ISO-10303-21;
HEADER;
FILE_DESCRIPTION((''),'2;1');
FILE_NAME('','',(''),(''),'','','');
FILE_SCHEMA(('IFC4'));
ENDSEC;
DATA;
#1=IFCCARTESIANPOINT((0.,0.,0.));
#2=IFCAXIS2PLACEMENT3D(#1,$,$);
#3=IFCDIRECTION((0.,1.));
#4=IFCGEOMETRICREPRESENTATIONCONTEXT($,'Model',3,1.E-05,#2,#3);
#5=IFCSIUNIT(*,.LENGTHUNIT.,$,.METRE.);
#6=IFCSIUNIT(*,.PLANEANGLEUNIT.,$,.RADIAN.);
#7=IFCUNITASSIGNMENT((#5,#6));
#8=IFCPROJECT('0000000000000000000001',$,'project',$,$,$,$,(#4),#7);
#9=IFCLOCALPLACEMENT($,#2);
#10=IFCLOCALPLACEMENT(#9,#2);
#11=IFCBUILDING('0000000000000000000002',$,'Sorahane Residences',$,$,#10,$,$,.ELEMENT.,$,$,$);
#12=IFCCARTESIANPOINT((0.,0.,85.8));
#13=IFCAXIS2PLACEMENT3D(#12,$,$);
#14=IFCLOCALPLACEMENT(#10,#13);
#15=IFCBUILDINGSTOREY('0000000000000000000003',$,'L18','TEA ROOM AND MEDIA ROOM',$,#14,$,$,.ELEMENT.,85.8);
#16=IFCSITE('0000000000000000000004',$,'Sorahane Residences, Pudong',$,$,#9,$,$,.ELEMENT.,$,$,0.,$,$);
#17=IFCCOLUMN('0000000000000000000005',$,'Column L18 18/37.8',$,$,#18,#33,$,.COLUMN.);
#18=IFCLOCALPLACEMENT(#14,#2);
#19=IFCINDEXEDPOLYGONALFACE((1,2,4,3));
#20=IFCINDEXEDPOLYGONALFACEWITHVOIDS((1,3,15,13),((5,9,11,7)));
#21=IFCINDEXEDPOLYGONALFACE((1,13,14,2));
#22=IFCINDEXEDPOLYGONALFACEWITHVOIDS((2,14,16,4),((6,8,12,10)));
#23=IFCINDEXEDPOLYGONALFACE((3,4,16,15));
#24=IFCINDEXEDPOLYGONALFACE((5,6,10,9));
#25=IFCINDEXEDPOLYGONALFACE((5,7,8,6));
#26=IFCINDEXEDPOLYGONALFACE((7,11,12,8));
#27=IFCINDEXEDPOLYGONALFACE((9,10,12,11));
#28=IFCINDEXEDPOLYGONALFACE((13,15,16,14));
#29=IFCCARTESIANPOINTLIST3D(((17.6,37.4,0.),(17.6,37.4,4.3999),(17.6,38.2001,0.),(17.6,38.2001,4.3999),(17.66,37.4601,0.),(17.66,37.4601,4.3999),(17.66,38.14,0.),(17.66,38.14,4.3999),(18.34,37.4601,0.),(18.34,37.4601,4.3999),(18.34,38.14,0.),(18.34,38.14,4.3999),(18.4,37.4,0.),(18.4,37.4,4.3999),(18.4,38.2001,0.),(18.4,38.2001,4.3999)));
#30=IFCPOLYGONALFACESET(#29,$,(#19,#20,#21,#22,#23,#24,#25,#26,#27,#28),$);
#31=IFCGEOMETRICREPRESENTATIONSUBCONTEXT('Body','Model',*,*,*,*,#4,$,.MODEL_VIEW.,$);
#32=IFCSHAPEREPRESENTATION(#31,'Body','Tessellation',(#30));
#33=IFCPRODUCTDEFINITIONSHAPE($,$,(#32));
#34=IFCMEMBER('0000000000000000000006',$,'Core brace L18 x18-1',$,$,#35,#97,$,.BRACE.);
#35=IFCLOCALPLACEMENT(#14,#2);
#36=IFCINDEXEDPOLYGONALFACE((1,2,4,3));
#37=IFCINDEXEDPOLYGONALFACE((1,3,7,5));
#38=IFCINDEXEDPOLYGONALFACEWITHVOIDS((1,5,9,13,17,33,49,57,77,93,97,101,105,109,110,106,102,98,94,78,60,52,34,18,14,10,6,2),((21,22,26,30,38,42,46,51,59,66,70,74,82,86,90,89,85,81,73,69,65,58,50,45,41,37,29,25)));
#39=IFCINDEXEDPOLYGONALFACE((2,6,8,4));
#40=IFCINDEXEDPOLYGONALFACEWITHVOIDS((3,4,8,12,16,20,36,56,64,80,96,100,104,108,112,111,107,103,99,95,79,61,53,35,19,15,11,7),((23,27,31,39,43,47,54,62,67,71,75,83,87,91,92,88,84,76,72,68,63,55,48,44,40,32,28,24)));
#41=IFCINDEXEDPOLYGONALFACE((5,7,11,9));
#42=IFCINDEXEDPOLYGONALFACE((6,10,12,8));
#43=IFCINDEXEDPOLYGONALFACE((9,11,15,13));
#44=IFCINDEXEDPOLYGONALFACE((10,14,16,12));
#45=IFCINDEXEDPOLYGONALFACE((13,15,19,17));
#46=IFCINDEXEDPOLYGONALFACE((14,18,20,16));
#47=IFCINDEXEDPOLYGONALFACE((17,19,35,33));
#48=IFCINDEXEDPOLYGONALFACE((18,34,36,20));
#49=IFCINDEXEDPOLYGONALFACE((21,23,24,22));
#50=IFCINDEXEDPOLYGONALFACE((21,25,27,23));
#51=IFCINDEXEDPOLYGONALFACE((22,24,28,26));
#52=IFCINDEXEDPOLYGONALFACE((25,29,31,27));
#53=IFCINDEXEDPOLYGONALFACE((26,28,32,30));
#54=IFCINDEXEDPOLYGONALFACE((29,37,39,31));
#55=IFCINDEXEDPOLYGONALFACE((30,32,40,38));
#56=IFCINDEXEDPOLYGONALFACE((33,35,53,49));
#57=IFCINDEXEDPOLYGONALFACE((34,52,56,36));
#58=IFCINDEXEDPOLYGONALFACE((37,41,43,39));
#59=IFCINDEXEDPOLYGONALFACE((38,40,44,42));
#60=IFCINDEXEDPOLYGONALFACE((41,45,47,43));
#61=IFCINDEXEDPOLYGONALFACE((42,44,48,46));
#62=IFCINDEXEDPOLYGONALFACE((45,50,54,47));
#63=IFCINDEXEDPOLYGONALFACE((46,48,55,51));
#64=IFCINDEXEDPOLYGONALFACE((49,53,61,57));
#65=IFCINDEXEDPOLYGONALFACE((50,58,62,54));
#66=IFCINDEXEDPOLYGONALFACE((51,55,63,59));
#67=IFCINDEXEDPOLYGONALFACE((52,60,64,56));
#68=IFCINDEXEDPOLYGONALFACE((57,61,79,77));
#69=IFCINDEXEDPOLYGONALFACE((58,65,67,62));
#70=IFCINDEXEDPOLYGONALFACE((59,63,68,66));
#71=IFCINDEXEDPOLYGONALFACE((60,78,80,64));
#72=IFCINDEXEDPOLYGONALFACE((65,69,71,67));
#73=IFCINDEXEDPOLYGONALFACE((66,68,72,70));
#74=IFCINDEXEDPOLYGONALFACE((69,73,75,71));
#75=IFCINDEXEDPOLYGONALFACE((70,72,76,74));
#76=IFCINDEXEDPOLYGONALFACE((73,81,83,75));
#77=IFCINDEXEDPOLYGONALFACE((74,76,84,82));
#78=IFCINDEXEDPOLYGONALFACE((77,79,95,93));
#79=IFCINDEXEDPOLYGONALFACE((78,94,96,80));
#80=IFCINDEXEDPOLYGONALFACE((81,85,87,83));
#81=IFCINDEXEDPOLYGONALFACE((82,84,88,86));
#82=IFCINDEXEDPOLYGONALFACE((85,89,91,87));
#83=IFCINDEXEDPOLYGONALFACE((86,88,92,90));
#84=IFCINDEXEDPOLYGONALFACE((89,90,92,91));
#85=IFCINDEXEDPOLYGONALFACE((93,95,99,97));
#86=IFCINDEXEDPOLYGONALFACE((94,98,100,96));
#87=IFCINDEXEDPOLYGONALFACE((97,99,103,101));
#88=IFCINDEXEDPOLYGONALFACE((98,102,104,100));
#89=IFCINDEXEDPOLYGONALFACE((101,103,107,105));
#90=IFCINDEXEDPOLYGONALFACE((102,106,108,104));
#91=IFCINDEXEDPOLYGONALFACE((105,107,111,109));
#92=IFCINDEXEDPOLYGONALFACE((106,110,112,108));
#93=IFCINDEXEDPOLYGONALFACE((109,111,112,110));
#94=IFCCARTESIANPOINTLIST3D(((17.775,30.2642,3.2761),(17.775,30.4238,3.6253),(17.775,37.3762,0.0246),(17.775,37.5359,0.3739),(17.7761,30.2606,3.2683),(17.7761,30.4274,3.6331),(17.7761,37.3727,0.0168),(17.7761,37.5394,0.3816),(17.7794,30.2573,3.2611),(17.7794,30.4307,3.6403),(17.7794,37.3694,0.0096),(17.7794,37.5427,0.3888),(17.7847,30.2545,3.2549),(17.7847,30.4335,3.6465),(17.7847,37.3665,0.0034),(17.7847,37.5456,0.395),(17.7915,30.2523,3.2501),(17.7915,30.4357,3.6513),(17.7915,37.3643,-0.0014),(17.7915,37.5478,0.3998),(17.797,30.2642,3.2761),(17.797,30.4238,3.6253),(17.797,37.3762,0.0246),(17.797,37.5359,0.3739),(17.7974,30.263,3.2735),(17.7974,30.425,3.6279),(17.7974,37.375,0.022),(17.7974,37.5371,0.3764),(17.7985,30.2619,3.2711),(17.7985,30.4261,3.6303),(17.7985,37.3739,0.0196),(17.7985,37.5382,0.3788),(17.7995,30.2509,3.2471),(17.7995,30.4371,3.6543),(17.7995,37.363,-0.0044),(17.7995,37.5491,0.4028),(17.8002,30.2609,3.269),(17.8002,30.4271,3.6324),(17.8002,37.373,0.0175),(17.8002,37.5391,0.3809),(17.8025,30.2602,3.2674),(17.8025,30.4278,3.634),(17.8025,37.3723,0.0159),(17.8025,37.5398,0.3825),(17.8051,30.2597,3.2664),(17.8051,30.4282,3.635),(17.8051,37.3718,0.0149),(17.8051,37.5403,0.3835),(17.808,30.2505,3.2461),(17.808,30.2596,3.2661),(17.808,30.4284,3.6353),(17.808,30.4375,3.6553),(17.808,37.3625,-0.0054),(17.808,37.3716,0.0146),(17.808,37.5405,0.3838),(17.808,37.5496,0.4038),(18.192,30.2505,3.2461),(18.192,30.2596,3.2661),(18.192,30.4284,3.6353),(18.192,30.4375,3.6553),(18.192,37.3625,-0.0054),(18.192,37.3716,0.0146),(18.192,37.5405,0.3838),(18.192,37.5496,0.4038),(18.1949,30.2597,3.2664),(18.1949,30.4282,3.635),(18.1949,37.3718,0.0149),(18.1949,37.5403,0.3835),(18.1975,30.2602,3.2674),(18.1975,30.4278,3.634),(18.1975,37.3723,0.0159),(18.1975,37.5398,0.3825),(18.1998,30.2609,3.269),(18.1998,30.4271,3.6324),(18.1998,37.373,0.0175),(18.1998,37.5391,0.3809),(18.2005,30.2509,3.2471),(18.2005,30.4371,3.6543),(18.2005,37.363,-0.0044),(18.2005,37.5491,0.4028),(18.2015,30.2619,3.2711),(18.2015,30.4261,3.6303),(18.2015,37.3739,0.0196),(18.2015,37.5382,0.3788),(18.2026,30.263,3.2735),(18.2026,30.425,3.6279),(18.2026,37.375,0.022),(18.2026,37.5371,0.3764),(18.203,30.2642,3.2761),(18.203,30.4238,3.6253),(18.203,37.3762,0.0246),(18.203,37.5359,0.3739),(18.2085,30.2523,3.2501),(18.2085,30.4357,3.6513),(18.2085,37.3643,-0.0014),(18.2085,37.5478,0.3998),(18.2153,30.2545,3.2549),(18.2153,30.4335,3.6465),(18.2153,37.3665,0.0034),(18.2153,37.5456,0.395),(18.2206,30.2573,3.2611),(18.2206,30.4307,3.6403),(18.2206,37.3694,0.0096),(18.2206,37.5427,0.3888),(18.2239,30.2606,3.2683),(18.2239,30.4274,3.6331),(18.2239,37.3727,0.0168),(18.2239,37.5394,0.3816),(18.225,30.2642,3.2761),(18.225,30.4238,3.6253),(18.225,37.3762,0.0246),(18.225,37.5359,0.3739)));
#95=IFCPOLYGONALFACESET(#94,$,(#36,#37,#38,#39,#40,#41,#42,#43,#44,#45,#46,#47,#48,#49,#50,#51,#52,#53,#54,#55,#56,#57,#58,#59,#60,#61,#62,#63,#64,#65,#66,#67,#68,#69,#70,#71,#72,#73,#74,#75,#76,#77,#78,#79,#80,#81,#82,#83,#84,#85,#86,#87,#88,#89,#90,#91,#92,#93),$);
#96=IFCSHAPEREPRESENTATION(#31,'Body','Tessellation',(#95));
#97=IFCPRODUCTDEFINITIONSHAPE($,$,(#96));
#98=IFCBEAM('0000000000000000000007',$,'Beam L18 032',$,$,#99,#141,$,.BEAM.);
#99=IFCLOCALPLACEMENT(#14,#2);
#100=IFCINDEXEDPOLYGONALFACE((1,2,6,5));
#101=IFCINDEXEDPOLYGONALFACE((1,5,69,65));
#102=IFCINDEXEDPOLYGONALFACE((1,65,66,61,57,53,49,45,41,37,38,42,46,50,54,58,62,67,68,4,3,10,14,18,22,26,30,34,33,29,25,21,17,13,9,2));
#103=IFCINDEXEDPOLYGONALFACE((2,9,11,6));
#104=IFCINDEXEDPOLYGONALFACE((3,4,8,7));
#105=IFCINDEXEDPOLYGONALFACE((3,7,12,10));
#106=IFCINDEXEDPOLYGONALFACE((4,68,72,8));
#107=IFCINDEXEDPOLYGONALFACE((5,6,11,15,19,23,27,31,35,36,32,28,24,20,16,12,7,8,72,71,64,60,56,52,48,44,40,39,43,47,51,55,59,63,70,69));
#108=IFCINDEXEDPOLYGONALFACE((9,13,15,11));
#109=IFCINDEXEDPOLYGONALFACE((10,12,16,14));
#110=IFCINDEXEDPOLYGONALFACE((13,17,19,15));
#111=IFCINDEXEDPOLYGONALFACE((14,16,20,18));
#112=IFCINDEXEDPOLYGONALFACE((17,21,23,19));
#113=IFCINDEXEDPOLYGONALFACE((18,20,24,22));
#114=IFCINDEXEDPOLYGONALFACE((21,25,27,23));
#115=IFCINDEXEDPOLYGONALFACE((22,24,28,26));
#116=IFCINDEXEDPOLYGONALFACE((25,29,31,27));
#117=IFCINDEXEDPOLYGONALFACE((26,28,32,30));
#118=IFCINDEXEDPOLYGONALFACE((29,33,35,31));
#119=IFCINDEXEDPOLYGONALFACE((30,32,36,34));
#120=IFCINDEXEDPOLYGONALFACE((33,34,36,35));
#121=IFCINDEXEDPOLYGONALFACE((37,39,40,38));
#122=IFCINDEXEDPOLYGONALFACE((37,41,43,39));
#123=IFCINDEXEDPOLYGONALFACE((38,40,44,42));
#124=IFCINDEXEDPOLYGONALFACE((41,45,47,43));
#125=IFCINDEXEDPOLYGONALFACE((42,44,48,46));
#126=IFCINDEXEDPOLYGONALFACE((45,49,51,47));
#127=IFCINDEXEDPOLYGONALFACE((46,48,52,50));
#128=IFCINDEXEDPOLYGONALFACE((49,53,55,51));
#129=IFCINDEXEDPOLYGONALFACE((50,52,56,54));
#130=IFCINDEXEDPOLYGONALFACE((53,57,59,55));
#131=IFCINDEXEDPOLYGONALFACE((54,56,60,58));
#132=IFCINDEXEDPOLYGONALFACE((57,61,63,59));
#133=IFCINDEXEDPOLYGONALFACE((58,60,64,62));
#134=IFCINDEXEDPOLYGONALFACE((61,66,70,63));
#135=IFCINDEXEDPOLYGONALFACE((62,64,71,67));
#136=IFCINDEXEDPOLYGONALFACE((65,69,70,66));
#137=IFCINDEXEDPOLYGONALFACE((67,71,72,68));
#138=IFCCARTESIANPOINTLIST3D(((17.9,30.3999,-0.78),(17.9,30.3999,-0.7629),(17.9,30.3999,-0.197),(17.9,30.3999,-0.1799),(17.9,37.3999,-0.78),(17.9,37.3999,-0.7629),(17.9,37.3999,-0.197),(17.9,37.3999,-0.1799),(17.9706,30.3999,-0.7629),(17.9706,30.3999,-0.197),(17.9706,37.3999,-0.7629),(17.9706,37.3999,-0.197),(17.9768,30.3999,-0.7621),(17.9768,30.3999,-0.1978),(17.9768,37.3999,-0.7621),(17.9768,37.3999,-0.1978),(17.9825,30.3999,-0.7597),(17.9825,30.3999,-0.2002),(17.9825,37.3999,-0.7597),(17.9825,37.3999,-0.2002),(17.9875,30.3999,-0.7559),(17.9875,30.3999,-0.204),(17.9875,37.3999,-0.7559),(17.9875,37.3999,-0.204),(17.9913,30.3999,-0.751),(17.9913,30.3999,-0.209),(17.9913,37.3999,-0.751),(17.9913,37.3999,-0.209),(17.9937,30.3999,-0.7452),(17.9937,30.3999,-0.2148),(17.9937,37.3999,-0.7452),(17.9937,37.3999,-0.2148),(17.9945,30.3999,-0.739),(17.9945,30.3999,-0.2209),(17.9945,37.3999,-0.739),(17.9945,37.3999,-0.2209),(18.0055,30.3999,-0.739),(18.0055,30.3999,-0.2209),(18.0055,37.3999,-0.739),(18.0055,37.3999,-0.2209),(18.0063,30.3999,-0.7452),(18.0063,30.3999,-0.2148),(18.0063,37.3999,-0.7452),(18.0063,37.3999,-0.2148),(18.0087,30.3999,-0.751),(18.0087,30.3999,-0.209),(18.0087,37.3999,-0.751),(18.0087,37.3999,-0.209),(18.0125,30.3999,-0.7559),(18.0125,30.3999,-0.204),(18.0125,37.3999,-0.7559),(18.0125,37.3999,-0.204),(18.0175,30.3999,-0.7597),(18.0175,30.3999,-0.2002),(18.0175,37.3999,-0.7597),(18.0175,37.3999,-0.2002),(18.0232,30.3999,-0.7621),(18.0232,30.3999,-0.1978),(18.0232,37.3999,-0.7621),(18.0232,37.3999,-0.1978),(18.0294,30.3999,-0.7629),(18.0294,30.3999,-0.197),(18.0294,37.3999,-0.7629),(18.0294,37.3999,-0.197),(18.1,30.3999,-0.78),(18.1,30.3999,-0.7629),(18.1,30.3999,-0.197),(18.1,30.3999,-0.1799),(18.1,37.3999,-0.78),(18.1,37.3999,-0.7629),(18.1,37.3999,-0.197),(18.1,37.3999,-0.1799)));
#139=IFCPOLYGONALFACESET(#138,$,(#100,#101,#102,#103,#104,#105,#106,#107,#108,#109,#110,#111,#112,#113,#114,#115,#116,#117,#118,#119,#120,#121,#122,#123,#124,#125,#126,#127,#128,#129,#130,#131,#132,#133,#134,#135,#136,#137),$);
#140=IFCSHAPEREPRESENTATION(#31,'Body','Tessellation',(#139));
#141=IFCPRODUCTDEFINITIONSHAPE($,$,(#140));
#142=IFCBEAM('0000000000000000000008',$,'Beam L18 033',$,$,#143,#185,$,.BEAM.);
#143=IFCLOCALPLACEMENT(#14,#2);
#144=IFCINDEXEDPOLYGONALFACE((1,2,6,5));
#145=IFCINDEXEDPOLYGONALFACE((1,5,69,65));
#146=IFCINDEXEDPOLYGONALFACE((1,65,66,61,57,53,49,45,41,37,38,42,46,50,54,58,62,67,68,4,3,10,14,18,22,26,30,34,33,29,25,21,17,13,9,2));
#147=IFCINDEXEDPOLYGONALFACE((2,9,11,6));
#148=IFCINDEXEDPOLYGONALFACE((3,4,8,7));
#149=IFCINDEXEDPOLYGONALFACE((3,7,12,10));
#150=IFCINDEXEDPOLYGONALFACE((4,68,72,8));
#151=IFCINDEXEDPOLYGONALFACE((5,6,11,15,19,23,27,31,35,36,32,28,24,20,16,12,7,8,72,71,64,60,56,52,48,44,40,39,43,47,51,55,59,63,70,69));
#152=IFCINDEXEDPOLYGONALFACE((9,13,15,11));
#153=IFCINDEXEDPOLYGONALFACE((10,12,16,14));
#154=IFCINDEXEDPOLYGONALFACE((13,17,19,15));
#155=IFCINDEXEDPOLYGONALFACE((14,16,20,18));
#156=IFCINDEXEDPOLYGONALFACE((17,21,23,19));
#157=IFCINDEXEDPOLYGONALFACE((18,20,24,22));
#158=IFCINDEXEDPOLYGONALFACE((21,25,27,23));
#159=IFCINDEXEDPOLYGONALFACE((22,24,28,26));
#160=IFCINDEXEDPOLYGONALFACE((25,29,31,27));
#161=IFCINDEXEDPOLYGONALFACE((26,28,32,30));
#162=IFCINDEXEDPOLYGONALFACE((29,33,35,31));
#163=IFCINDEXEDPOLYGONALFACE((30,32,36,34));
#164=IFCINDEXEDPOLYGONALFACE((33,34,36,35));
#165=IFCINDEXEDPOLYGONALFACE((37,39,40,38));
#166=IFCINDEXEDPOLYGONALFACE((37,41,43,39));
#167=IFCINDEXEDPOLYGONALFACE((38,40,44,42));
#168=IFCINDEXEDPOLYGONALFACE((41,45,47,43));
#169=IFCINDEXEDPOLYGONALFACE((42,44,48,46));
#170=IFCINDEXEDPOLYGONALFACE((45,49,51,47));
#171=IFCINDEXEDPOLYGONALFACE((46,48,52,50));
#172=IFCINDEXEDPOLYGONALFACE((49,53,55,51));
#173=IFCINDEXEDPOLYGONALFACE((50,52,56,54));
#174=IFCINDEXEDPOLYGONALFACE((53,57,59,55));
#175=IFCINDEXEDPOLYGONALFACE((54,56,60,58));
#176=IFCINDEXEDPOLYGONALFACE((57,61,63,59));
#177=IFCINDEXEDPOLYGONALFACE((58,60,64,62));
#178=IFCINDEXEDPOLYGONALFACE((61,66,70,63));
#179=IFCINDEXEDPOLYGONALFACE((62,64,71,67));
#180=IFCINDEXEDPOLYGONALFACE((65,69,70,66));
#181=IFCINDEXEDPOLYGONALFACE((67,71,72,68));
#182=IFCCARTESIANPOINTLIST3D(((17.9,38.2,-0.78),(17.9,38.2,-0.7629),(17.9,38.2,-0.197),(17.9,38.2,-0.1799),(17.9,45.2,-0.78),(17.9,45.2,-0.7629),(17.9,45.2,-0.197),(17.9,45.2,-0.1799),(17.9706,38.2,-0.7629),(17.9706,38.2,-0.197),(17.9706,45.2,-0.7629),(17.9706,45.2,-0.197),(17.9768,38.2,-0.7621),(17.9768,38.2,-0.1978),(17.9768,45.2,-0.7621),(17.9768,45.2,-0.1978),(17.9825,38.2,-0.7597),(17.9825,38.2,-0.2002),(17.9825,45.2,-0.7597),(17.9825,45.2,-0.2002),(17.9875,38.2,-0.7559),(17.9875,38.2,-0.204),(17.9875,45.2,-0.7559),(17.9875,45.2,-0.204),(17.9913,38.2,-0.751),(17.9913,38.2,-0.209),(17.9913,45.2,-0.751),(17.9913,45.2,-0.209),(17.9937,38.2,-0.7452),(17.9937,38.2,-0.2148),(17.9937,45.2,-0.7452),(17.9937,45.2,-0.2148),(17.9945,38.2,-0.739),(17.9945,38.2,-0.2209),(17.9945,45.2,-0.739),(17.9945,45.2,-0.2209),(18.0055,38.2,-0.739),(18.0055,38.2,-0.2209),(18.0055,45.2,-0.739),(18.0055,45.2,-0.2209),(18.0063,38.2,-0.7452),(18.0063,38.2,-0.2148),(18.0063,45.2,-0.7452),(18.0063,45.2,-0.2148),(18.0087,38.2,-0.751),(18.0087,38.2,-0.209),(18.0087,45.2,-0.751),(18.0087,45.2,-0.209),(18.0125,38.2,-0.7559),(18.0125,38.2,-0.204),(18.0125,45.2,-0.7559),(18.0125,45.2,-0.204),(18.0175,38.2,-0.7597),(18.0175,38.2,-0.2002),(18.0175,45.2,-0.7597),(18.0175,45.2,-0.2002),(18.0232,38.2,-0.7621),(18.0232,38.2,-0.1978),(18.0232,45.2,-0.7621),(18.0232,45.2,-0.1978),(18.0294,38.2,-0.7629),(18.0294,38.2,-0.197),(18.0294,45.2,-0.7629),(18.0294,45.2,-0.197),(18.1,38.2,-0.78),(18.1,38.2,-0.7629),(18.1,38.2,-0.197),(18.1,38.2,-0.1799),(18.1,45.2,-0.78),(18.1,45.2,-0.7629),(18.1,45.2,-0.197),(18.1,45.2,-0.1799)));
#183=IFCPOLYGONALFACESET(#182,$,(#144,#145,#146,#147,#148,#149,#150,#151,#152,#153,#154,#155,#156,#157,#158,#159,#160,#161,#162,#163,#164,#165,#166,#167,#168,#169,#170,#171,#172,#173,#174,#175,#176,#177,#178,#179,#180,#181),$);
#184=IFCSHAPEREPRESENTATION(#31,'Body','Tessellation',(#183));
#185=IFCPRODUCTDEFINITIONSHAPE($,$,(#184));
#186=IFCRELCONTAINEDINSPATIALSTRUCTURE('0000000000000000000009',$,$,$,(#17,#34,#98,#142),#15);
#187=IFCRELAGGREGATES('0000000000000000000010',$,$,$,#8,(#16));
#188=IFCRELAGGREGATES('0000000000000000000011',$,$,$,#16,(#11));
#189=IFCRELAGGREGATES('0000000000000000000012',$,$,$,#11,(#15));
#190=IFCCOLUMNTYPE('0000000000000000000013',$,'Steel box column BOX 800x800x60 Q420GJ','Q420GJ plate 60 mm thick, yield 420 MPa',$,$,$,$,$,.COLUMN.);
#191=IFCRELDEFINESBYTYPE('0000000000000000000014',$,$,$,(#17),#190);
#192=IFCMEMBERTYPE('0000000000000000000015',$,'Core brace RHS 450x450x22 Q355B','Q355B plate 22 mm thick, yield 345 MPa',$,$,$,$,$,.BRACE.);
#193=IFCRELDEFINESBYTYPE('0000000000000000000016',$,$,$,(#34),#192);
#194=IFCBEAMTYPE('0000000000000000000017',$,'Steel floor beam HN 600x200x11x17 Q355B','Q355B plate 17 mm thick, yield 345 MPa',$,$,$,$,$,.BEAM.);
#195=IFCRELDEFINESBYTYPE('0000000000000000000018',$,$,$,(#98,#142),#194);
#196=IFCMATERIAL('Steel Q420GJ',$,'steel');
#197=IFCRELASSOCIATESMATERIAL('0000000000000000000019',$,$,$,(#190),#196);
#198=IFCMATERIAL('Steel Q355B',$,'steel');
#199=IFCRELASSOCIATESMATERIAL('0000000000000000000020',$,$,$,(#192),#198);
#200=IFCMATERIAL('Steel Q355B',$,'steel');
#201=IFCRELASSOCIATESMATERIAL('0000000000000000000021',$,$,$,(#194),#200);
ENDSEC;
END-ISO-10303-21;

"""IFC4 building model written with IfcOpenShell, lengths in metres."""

from ifc_helpers import new_model, si_unit, direction, frame, origin, origin_2d, place, context, subcontext, project, spatial, hollow_rectangle, i_section, extrude, material, material_profile, profile_set, type_object, element, save


model = new_model("IFC4")

# Units and contexts
model_context = context("Model", 3, precision=1e-05, world=origin(), true_north=direction((0.0, 1.0)))
body_context = subcontext(model_context, "Body", "Model", "MODEL_VIEW")
ifc_project = project(units=[si_unit("LENGTHUNIT", "METRE"), si_unit("PLANEANGLEUNIT", "RADIAN")], contexts=[model_context])

# Site, building, storey
site_placement = place(None, origin())
site = spatial("IfcSite", under=ifc_project, at=site_placement, Name="Sorahane Residences, Pudong", CompositionType="ELEMENT", RefElevation=0.0)
building_placement = place(site_placement, origin())
building = spatial("IfcBuilding", under=site, at=building_placement, Name="Sorahane Residences", CompositionType="ELEMENT")
storey_placement = place(building_placement, frame((0.0, 0.0, 85.8)))
storey = spatial("IfcBuildingStorey", under=building, at=storey_placement, Name="L18", Description="TEA ROOM AND MEDIA ROOM", CompositionType="ELEMENT", Elevation=85.8)

# Column
ifc_material_1 = material(Name="Steel Q420GJ", Category="steel")
ifc_material_profile_1 = material_profile(ifc_material_1, hollow_rectangle(XDim=0.8, YDim=0.8, WallThickness=0.0601, at=origin_2d()), Name="BOX 800x800x60")
ifc_profile_set_1 = profile_set([ifc_material_profile_1], Name="Steel Q420GJ")
column_type = type_object("IfcColumnType", Name="Steel box column BOX 800x800x60 Q420GJ", Description="Q420GJ plate 60 mm thick, yield 420 MPa", PredefinedType="COLUMN", material=ifc_profile_set_1)
column_placement = place(storey_placement, frame((18.0, 37.8, 0.0), z_axis=(0.0, 0.0, 1.0), x_axis=(1.0, 0.0, 0.0)))
element("IfcColumn", 1, at=column_placement, inside=storey, type_object=column_type, Name="Column L18 18/37.8", PredefinedType="COLUMN", context=body_context, shape_type="SweptSolid", body=[
    extrude(hollow_rectangle(XDim=0.8, YDim=0.8, WallThickness=0.0601, at=origin_2d()), origin(), (0.0, 0.0, 1.0), 4.3999),
])

# Member
ifc_material_2 = material(Name="Steel Q355B", Category="steel")
ifc_material_profile_2 = material_profile(ifc_material_2, hollow_rectangle(XDim=0.45, YDim=0.45, WallThickness=0.022, InnerFilletRadius=0.011, OuterFilletRadius=0.033, at=origin_2d()), Name="RHS 450x450x22")
ifc_profile_set_2 = profile_set([ifc_material_profile_2], Name="Steel Q355B")
member_type = type_object("IfcMemberType", Name="Core brace RHS 450x450x22 Q355B", Description="Q355B plate 22 mm thick, yield 345 MPa", PredefinedType="BRACE", material=ifc_profile_set_2)
member_placement = place(storey_placement, frame((18.0, 37.4561, 0.1992), z_axis=(0.0, -0.909463, 0.415785), x_axis=(1.0, 0.0, 0.0)))
element("IfcMember", 2, at=member_placement, inside=storey, type_object=member_type, Name="Core brace L18 x18-1", PredefinedType="BRACE", context=body_context, shape_type="SweptSolid", body=[
    extrude(hollow_rectangle(XDim=0.45, YDim=0.45, WallThickness=0.022, InnerFilletRadius=0.011, OuterFilletRadius=0.033, at=origin_2d()), origin(), (0.0, 0.0, 1.0), 7.8201),
])

# Beams
ifc_material_3 = material(Name="Steel Q355B", Category="steel")
ifc_material_profile_3 = material_profile(ifc_material_3, i_section(OverallWidth=0.2, OverallDepth=0.6001, WebThickness=0.011, FlangeThickness=0.0171, FilletRadius=0.0239, at=origin_2d()), Name="HN 600x200x11x17")
ifc_profile_set_3 = profile_set([ifc_material_profile_3], Name="Steel Q355B")
beam_type = type_object("IfcBeamType", Name="Steel floor beam HN 600x200x11x17 Q355B", Description="Q355B plate 17 mm thick, yield 345 MPa", PredefinedType="BEAM", material=ifc_profile_set_3)
for number, where, z_axis, x_axis, name in (
    (3, (18.0, 30.3999, -0.48), (0.0, 1.0, 0.0), (-1.0, 0.0, 0.0), "Beam L18 032"),
    (4, (18.0, 38.2, -0.48), (0.0, 1.0, 0.0), (-1.0, 0.0, 0.0), "Beam L18 033"),
):
    element("IfcBeam", number, at=place(storey_placement, frame(where, z_axis=z_axis, x_axis=x_axis)), inside=storey, type_object=beam_type, Name=name, PredefinedType="BEAM", context=body_context, shape_type="SweptSolid", body=[
        extrude(i_section(OverallWidth=0.2, OverallDepth=0.6001, WebThickness=0.011, FlangeThickness=0.0171, FilletRadius=0.0239, at=origin_2d()), origin(), (0.0, 0.0, 1.0), 7.0),
    ])

save(model, "model.ifc")
